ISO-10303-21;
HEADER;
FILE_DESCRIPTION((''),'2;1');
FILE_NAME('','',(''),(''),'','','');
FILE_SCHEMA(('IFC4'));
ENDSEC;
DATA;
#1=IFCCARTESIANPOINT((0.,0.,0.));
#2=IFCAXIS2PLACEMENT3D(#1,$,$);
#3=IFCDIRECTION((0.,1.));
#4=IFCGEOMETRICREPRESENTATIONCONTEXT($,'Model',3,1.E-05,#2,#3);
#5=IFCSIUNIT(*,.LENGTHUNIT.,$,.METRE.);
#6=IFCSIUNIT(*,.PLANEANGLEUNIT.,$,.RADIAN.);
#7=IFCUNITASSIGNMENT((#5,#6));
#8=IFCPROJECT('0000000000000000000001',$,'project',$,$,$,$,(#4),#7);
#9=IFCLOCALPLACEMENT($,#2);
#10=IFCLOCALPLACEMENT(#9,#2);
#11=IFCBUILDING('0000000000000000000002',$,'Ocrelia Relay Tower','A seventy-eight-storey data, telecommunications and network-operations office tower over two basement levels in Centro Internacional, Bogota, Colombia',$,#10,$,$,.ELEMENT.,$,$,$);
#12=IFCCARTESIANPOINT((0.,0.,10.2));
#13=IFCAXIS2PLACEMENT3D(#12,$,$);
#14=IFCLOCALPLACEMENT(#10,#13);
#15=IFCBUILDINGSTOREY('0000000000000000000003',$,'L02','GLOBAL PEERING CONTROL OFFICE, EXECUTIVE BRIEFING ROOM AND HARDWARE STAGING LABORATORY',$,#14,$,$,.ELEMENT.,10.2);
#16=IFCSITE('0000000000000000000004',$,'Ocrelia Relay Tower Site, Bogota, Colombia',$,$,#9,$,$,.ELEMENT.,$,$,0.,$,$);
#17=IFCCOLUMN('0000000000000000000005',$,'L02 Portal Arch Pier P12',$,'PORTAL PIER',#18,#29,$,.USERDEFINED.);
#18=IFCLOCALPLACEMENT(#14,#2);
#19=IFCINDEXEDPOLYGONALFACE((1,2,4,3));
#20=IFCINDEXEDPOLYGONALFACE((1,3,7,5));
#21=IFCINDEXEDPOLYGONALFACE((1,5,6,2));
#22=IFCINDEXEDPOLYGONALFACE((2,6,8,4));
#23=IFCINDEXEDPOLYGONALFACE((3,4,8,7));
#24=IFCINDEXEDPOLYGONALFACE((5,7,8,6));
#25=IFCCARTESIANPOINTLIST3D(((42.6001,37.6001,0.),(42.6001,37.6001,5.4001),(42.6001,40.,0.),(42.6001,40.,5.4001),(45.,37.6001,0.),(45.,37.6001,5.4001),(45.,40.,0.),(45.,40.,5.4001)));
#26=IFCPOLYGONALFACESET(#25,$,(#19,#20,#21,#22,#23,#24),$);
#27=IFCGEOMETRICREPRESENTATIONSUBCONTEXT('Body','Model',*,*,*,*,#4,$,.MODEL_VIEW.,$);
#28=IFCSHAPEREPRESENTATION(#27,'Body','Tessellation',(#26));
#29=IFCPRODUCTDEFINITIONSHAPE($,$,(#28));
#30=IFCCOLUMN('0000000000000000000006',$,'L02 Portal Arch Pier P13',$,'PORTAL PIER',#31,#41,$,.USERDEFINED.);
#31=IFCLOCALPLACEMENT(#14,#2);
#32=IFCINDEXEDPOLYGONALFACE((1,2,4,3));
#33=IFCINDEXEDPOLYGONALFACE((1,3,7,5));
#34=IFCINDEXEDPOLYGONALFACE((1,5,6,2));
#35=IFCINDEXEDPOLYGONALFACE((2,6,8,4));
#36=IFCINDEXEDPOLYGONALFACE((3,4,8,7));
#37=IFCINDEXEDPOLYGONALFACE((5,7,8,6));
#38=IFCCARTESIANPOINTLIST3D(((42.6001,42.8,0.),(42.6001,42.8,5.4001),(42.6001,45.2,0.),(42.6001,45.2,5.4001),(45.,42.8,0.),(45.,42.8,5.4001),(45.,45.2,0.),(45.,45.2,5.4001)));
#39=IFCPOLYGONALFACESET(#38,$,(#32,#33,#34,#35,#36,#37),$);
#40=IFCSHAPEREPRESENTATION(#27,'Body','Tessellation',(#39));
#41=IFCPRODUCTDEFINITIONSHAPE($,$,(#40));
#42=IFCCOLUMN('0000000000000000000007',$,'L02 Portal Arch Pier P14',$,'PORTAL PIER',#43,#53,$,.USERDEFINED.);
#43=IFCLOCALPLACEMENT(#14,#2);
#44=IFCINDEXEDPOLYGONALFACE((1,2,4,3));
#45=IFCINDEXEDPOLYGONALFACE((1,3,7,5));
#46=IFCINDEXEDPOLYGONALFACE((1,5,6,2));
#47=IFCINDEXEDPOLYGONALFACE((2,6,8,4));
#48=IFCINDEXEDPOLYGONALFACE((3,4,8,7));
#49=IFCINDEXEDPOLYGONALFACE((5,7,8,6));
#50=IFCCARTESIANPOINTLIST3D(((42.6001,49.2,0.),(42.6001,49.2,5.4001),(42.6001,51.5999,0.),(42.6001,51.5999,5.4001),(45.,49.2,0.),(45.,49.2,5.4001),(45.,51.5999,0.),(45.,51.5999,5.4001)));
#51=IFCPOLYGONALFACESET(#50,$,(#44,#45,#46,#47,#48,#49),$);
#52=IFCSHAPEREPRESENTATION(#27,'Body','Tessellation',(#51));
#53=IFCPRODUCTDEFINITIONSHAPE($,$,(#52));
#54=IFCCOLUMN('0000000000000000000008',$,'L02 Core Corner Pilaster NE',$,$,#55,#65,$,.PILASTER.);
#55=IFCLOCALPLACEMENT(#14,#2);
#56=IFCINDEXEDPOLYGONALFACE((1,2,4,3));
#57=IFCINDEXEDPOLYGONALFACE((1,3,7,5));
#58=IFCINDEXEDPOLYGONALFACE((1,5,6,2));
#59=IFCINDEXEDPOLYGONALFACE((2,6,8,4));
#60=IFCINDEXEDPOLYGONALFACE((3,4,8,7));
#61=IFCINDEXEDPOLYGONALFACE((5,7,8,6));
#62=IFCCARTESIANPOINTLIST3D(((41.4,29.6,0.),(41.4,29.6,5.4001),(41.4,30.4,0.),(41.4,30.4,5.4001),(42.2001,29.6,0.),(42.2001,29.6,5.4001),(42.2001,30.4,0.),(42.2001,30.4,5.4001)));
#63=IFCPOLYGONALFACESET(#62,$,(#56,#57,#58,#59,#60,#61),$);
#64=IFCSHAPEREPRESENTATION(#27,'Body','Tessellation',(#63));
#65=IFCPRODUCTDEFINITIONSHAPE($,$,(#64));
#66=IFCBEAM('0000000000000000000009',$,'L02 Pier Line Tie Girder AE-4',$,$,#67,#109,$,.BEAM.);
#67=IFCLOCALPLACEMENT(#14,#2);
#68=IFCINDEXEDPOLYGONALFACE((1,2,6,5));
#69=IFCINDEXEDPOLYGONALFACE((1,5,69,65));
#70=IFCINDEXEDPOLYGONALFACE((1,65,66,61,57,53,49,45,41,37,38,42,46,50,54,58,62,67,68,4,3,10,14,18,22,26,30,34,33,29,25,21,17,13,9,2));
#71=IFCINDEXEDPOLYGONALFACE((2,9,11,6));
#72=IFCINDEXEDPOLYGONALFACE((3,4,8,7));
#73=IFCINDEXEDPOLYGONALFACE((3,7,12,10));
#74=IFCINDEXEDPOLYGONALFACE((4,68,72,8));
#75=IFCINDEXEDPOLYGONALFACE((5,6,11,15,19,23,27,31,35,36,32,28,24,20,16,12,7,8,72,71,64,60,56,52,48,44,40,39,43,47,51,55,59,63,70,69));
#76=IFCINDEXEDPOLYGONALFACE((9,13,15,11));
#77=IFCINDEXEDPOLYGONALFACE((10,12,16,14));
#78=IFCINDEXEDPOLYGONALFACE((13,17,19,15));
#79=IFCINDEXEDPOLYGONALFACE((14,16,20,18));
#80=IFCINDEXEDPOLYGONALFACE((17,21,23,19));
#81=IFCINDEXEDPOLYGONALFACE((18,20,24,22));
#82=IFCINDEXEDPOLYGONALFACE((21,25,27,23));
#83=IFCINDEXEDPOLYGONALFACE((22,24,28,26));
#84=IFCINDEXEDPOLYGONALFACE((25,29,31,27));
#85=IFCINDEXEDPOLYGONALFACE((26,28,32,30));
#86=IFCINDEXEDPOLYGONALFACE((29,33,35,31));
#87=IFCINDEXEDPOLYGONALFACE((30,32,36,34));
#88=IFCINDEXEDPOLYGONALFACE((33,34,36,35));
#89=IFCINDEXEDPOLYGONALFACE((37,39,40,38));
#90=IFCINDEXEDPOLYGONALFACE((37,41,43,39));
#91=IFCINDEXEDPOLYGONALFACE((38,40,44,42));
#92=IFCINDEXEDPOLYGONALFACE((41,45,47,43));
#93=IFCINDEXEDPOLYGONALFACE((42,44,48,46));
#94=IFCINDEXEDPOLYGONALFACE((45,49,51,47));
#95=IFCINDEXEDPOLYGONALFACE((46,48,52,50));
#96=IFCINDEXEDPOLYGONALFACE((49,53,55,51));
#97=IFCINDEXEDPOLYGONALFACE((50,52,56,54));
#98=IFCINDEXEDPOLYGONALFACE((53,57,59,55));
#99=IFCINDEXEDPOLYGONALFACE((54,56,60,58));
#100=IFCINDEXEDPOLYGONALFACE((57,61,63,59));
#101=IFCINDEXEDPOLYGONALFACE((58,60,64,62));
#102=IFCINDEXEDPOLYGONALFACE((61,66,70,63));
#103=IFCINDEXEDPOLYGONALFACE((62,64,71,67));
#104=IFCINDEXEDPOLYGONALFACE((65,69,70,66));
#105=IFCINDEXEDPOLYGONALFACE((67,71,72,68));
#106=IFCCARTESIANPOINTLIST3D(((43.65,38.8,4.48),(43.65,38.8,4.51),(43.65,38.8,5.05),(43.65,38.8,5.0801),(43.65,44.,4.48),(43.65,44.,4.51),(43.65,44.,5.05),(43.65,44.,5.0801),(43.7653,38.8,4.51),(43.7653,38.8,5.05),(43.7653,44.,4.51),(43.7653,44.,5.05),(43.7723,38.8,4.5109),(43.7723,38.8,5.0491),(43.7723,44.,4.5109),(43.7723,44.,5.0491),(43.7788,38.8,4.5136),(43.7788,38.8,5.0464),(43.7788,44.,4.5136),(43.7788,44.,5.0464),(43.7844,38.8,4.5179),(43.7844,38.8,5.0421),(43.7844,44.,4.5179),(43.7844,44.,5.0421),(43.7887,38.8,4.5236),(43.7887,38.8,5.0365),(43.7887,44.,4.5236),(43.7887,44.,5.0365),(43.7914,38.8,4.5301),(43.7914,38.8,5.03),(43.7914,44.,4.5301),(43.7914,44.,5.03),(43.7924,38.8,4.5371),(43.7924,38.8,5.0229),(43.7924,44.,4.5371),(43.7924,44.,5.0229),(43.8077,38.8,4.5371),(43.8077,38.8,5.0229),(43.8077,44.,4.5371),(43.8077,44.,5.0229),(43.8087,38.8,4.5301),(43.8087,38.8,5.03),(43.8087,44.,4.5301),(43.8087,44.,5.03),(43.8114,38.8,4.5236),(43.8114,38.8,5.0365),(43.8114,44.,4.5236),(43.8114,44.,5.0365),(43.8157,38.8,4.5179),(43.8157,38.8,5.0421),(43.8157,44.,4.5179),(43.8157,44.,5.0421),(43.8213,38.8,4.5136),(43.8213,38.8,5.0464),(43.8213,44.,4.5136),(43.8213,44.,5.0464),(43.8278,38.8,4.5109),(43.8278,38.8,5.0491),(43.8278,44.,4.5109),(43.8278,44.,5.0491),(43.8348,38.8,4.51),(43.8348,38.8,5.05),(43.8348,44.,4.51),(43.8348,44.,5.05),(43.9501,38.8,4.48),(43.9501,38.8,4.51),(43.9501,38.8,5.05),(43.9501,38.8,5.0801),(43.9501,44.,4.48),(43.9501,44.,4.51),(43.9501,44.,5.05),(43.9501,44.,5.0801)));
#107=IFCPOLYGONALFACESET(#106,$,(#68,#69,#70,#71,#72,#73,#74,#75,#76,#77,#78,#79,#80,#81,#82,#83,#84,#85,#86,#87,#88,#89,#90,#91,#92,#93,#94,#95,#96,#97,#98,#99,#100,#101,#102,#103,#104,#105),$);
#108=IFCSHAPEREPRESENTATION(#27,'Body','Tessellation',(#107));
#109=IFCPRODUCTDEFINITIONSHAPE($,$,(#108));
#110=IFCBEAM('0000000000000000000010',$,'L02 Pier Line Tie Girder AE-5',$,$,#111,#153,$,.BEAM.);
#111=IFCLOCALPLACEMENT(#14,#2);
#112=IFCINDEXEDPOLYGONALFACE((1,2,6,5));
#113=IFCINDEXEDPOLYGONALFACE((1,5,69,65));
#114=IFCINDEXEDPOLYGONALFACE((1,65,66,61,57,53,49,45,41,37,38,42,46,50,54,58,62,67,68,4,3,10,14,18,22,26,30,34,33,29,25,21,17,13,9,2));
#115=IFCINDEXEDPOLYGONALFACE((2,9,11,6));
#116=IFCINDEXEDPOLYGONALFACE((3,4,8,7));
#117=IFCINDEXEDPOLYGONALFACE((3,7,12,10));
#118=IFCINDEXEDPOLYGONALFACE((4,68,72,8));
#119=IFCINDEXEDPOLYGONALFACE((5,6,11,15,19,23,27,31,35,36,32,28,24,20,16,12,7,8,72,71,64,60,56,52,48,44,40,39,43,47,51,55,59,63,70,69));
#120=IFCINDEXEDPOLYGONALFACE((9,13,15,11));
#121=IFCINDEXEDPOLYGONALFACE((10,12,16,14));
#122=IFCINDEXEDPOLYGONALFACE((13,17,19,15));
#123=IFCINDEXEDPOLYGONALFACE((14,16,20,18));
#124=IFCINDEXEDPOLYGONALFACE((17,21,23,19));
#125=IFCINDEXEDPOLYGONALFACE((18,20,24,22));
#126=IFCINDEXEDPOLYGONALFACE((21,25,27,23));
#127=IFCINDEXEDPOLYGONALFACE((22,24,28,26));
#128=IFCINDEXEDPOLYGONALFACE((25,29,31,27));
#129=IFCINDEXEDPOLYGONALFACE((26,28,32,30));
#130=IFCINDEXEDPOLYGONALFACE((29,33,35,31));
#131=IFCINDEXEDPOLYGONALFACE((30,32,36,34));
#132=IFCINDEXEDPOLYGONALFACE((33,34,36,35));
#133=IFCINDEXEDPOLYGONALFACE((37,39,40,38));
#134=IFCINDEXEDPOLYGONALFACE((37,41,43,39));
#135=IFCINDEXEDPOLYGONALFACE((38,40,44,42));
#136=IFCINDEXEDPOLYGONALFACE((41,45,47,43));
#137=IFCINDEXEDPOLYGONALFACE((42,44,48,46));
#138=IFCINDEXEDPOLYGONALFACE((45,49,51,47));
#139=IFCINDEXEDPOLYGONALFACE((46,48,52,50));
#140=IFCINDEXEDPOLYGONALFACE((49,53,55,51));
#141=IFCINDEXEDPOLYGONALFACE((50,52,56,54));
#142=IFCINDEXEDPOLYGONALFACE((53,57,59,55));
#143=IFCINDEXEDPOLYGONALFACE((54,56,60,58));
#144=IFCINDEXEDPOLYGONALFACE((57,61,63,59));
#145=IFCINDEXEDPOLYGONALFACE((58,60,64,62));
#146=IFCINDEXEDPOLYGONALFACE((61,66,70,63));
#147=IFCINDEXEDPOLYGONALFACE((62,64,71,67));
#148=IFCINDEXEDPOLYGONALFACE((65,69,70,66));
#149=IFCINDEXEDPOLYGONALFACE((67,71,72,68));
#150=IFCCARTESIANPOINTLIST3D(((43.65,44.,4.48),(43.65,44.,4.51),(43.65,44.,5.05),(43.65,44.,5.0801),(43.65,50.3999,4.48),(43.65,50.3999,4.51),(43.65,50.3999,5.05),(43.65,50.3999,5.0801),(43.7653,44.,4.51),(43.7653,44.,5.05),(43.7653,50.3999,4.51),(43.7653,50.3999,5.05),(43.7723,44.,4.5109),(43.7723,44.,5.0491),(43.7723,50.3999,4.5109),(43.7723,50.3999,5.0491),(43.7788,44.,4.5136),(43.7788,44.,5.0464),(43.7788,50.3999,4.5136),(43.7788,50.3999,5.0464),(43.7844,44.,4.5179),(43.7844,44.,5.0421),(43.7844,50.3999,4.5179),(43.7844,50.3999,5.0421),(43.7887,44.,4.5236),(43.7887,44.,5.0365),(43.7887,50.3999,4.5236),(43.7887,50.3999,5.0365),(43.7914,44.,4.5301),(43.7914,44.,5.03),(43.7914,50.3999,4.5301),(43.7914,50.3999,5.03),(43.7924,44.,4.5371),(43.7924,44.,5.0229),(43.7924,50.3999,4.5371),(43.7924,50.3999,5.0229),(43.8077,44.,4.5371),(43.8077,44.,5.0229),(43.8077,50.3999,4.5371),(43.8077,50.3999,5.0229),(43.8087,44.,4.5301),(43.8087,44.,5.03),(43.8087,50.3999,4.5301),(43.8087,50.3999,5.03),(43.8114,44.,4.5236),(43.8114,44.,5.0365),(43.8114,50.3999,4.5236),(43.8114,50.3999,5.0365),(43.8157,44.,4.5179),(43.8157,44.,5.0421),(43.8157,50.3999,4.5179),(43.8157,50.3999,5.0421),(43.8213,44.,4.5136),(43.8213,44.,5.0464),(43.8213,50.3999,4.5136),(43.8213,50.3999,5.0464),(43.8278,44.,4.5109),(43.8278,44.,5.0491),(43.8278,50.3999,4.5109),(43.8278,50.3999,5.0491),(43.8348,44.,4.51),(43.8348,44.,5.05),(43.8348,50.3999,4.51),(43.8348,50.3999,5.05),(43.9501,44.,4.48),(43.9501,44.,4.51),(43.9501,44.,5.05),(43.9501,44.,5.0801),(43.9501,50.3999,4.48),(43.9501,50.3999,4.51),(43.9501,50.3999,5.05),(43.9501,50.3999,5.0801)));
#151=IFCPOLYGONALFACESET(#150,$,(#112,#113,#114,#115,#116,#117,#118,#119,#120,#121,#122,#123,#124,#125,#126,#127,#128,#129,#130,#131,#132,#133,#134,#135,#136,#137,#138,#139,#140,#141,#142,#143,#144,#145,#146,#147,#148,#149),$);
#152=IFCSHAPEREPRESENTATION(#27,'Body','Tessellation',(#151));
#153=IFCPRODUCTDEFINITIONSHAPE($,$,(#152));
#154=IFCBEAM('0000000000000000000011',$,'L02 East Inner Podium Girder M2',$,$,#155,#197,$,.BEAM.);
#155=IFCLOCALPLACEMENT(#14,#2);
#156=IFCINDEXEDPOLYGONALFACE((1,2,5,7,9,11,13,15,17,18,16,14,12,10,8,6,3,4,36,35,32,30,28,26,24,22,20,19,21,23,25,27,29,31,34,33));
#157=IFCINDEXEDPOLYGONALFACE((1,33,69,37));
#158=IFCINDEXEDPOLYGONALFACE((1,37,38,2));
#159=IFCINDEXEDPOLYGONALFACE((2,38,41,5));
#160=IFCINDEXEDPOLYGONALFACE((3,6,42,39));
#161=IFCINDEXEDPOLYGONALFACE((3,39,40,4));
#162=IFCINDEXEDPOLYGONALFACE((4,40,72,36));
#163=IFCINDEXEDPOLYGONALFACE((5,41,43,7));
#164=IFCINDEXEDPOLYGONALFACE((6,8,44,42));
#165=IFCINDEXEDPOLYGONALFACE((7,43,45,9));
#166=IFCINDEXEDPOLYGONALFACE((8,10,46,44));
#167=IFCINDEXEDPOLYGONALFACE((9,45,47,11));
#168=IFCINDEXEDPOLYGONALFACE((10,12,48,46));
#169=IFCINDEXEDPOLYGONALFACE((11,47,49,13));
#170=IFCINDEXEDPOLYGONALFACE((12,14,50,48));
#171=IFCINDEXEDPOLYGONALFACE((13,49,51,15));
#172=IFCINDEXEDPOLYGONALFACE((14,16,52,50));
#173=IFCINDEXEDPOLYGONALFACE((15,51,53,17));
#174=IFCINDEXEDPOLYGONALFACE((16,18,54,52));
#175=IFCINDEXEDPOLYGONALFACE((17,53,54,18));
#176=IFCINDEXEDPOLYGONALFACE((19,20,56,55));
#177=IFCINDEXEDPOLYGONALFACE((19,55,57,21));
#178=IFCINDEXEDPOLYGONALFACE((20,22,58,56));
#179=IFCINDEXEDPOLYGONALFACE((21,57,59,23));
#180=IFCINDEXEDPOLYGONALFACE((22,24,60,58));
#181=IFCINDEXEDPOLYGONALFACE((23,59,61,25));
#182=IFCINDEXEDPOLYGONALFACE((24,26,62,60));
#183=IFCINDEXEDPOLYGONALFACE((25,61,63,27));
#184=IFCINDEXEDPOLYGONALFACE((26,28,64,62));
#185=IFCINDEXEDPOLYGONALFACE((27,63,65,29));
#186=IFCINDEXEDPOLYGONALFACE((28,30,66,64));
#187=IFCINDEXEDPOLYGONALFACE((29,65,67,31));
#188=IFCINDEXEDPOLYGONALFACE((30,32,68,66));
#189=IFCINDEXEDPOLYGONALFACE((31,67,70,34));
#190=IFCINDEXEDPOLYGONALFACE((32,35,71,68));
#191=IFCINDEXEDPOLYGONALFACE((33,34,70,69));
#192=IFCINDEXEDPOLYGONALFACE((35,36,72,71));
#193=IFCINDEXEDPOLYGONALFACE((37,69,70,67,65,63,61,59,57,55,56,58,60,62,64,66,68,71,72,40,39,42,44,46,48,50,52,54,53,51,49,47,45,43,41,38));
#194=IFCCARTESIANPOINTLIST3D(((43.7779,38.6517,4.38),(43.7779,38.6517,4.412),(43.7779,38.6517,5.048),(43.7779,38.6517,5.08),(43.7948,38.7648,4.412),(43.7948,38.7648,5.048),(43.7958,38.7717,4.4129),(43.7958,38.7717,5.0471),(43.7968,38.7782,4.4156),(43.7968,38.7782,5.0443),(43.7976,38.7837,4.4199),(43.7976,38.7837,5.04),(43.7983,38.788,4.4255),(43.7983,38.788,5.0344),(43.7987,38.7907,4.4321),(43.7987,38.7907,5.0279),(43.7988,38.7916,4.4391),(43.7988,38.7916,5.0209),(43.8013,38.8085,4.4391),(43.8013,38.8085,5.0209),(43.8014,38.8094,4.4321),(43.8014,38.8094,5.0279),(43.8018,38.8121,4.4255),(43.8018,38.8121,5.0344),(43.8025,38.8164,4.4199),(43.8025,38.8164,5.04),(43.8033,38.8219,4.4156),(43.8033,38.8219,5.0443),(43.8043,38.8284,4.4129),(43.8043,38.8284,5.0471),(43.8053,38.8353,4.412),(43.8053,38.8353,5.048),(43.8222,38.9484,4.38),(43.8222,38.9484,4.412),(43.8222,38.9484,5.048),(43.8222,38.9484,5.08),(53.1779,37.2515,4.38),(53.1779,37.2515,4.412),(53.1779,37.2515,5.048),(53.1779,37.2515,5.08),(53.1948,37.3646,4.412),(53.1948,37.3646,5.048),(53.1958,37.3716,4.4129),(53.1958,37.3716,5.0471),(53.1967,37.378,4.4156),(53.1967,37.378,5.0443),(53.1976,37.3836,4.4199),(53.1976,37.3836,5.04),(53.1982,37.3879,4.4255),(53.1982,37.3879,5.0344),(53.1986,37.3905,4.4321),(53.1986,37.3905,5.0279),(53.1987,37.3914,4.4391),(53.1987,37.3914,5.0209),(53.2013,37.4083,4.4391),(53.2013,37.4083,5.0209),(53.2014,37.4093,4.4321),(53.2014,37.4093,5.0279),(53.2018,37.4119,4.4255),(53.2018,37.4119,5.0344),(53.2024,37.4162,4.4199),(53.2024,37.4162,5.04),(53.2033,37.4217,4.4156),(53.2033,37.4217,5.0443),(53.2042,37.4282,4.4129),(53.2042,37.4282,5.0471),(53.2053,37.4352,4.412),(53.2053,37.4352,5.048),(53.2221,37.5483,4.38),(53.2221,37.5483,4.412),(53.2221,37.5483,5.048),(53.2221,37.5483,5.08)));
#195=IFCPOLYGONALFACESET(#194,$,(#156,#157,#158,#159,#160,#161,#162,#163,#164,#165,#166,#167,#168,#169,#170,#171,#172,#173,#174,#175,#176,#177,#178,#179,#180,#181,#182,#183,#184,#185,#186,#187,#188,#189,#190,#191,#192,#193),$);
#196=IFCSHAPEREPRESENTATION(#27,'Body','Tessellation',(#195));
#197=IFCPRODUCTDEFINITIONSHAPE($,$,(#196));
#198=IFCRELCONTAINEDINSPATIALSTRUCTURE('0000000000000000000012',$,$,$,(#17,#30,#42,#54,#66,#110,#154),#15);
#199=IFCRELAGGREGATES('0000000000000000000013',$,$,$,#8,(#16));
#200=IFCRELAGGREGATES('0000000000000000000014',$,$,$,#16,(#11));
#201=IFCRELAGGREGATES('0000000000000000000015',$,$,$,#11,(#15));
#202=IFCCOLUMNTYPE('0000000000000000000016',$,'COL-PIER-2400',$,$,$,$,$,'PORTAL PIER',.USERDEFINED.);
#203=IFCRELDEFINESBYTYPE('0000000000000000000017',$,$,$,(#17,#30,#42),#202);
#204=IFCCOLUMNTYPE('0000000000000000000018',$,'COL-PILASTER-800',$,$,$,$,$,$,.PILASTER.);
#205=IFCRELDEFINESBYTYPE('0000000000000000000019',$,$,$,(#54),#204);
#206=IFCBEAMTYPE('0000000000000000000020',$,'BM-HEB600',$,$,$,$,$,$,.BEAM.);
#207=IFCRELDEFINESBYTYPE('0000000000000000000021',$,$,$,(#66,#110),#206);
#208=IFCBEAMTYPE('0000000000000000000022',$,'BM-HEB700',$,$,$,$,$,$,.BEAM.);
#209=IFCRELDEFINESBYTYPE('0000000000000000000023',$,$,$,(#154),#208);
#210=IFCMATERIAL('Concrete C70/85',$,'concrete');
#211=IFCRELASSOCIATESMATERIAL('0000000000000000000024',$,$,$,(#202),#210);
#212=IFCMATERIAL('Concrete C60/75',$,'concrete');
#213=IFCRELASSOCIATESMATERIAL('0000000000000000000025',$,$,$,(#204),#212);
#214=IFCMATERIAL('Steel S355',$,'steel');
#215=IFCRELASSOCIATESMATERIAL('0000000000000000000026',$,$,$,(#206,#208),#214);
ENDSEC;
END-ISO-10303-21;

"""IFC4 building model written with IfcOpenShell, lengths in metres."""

from ifc_helpers import new_model, si_unit, direction, frame, origin, origin_2d, place, context, subcontext, project, spatial, rectangle, i_section, extrude, material, material_profile, profile_set, type_object, element, save


model = new_model("IFC4")

# Units and contexts
model_context = context("Model", 3, precision=1e-05, world=origin(), true_north=direction((0.0, 1.0)))
body_context = subcontext(model_context, "Body", "Model", "MODEL_VIEW")
ifc_project = project(units=[si_unit("LENGTHUNIT", "METRE"), si_unit("PLANEANGLEUNIT", "RADIAN")], contexts=[model_context])

# Site, building, storey
site_placement = place(None, origin())
site = spatial("IfcSite", under=ifc_project, at=site_placement, Name="Ocrelia Relay Tower Site, Bogota, Colombia", CompositionType="ELEMENT", RefElevation=0.0)
building_placement = place(site_placement, origin())
building = spatial("IfcBuilding", under=site, at=building_placement, Name="Ocrelia Relay Tower", Description="A seventy-eight-storey data, telecommunications and network-operations office tower over two basement levels in Centro Internacional, Bogota, Colombia", CompositionType="ELEMENT")
storey_placement = place(building_placement, frame((0.0, 0.0, 10.2)))
storey = spatial("IfcBuildingStorey", under=building, at=storey_placement, Name="L02", Description="GLOBAL PEERING CONTROL OFFICE, EXECUTIVE BRIEFING ROOM AND HARDWARE STAGING LABORATORY", CompositionType="ELEMENT", Elevation=10.2)

# Columns
ifc_material_1 = material(Name="Concrete C70/85", Category="concrete")
ifc_material_profile_1 = material_profile(ifc_material_1, rectangle(XDim=2.3999, YDim=2.3999, at=origin_2d()), Name="RC-PIER-2400x2400")
ifc_profile_set_1 = profile_set([ifc_material_profile_1], Name="Concrete C70/85")
column_type_1 = type_object("IfcColumnType", Name="COL-PIER-2400", ElementType="PORTAL PIER", PredefinedType="USERDEFINED", material=ifc_profile_set_1)
for number, where, z_axis, x_axis, name in (
    (1, (43.8, 38.8, 0.0), (0.0, 0.0, 1.0), (1.0, 0.0, 0.0), "L02 Portal Arch Pier P12"),
    (2, (43.8, 44.0, 0.0), (0.0, 0.0, 1.0), (1.0, 0.0, 0.0), "L02 Portal Arch Pier P13"),
    (3, (43.8, 50.3999, 0.0), (0.0, 0.0, 1.0), (1.0, 0.0, 0.0), "L02 Portal Arch Pier P14"),
):
    element("IfcColumn", number, at=place(storey_placement, frame(where, z_axis=z_axis, x_axis=x_axis)), inside=storey, type_object=column_type_1, Name=name, ObjectType="PORTAL PIER", PredefinedType="USERDEFINED", context=body_context, shape_type="SweptSolid", body=[
        extrude(rectangle(XDim=2.3999, YDim=2.3999, at=origin_2d()), origin(), (0.0, 0.0, 1.0), 5.4001),
    ])
ifc_material_2 = material(Name="Concrete C60/75", Category="concrete")
ifc_material_profile_2 = material_profile(ifc_material_2, rectangle(XDim=0.8, YDim=0.8, at=origin_2d()), Name="RC-COL-800x800")
ifc_profile_set_2 = profile_set([ifc_material_profile_2], Name="Concrete C60/75")
column_type_2 = type_object("IfcColumnType", Name="COL-PILASTER-800", PredefinedType="PILASTER", material=ifc_profile_set_2)
column_placement = place(storey_placement, frame((41.8, 30.0, 0.0), z_axis=(0.0, 0.0, 1.0), x_axis=(1.0, 0.0, 0.0)))
element("IfcColumn", 4, at=column_placement, inside=storey, type_object=column_type_2, Name="L02 Core Corner Pilaster NE", PredefinedType="PILASTER", context=body_context, shape_type="SweptSolid", body=[
    extrude(rectangle(XDim=0.8, YDim=0.8, at=origin_2d()), origin(), (0.0, 0.0, 1.0), 5.4001),
])

# Beams
ifc_material_3 = material(Name="Steel S355", Category="steel")
ifc_material_profile_3 = material_profile(ifc_material_3, i_section(OverallWidth=0.3, OverallDepth=0.6001, WebThickness=0.0154, FlangeThickness=0.03, FilletRadius=0.0271, at=origin_2d()), Name="HEB 600")
ifc_profile_set_3 = profile_set([ifc_material_profile_3], Name="Steel S355")
beam_type_1 = type_object("IfcBeamType", Name="BM-HEB600", PredefinedType="BEAM", material=ifc_profile_set_3)
beam_1_placement = place(storey_placement, frame((43.8, 38.8, 4.78), z_axis=(0.0, 1.0, 0.0), x_axis=(-1.0, 0.0, 0.0)))
element("IfcBeam", 5, at=beam_1_placement, inside=storey, type_object=beam_type_1, Name="L02 Pier Line Tie Girder AE-4", PredefinedType="BEAM", context=body_context, shape_type="SweptSolid", body=[
    extrude(i_section(OverallWidth=0.3, OverallDepth=0.6001, WebThickness=0.0154, FlangeThickness=0.03, FilletRadius=0.0271, at=origin_2d()), origin(), (0.0, 0.0, 1.0), 5.2),
])
beam_2_placement = place(storey_placement, frame((43.8, 44.0, 4.78), z_axis=(0.0, 1.0, 0.0), x_axis=(-1.0, 0.0, 0.0)))
element("IfcBeam", 6, at=beam_2_placement, inside=storey, type_object=beam_type_1, Name="L02 Pier Line Tie Girder AE-5", PredefinedType="BEAM", context=body_context, shape_type="SweptSolid", body=[
    extrude(i_section(OverallWidth=0.3, OverallDepth=0.6001, WebThickness=0.0154, FlangeThickness=0.03, FilletRadius=0.0271, at=origin_2d()), origin(), (0.0, 0.0, 1.0), 6.3999),
])
ifc_material_profile_4 = material_profile(ifc_material_3, i_section(OverallWidth=0.3, OverallDepth=0.7, WebThickness=0.0171, FlangeThickness=0.032, FilletRadius=0.0271, at=origin_2d()), Name="HEB 700")
ifc_profile_set_4 = profile_set([ifc_material_profile_4], Name="Steel S355")
beam_type_2 = type_object("IfcBeamType", Name="BM-HEB700", PredefinedType="BEAM", material=ifc_profile_set_4)
beam_3_placement = place(storey_placement, frame((43.8, 38.8, 4.73), z_axis=(0.989088, -0.147328, 0.0), x_axis=(0.147328, 0.989088, 0.0)))
element("IfcBeam", 7, at=beam_3_placement, inside=storey, type_object=beam_type_2, Name="L02 East Inner Podium Girder M2", PredefinedType="BEAM", context=body_context, shape_type="SweptSolid", body=[
    extrude(i_section(OverallWidth=0.3, OverallDepth=0.7, WebThickness=0.0171, FlangeThickness=0.032, FilletRadius=0.0271, at=origin_2d()), origin(), (0.0, 0.0, 1.0), 9.5037),
])

save(model, "model.ifc")
